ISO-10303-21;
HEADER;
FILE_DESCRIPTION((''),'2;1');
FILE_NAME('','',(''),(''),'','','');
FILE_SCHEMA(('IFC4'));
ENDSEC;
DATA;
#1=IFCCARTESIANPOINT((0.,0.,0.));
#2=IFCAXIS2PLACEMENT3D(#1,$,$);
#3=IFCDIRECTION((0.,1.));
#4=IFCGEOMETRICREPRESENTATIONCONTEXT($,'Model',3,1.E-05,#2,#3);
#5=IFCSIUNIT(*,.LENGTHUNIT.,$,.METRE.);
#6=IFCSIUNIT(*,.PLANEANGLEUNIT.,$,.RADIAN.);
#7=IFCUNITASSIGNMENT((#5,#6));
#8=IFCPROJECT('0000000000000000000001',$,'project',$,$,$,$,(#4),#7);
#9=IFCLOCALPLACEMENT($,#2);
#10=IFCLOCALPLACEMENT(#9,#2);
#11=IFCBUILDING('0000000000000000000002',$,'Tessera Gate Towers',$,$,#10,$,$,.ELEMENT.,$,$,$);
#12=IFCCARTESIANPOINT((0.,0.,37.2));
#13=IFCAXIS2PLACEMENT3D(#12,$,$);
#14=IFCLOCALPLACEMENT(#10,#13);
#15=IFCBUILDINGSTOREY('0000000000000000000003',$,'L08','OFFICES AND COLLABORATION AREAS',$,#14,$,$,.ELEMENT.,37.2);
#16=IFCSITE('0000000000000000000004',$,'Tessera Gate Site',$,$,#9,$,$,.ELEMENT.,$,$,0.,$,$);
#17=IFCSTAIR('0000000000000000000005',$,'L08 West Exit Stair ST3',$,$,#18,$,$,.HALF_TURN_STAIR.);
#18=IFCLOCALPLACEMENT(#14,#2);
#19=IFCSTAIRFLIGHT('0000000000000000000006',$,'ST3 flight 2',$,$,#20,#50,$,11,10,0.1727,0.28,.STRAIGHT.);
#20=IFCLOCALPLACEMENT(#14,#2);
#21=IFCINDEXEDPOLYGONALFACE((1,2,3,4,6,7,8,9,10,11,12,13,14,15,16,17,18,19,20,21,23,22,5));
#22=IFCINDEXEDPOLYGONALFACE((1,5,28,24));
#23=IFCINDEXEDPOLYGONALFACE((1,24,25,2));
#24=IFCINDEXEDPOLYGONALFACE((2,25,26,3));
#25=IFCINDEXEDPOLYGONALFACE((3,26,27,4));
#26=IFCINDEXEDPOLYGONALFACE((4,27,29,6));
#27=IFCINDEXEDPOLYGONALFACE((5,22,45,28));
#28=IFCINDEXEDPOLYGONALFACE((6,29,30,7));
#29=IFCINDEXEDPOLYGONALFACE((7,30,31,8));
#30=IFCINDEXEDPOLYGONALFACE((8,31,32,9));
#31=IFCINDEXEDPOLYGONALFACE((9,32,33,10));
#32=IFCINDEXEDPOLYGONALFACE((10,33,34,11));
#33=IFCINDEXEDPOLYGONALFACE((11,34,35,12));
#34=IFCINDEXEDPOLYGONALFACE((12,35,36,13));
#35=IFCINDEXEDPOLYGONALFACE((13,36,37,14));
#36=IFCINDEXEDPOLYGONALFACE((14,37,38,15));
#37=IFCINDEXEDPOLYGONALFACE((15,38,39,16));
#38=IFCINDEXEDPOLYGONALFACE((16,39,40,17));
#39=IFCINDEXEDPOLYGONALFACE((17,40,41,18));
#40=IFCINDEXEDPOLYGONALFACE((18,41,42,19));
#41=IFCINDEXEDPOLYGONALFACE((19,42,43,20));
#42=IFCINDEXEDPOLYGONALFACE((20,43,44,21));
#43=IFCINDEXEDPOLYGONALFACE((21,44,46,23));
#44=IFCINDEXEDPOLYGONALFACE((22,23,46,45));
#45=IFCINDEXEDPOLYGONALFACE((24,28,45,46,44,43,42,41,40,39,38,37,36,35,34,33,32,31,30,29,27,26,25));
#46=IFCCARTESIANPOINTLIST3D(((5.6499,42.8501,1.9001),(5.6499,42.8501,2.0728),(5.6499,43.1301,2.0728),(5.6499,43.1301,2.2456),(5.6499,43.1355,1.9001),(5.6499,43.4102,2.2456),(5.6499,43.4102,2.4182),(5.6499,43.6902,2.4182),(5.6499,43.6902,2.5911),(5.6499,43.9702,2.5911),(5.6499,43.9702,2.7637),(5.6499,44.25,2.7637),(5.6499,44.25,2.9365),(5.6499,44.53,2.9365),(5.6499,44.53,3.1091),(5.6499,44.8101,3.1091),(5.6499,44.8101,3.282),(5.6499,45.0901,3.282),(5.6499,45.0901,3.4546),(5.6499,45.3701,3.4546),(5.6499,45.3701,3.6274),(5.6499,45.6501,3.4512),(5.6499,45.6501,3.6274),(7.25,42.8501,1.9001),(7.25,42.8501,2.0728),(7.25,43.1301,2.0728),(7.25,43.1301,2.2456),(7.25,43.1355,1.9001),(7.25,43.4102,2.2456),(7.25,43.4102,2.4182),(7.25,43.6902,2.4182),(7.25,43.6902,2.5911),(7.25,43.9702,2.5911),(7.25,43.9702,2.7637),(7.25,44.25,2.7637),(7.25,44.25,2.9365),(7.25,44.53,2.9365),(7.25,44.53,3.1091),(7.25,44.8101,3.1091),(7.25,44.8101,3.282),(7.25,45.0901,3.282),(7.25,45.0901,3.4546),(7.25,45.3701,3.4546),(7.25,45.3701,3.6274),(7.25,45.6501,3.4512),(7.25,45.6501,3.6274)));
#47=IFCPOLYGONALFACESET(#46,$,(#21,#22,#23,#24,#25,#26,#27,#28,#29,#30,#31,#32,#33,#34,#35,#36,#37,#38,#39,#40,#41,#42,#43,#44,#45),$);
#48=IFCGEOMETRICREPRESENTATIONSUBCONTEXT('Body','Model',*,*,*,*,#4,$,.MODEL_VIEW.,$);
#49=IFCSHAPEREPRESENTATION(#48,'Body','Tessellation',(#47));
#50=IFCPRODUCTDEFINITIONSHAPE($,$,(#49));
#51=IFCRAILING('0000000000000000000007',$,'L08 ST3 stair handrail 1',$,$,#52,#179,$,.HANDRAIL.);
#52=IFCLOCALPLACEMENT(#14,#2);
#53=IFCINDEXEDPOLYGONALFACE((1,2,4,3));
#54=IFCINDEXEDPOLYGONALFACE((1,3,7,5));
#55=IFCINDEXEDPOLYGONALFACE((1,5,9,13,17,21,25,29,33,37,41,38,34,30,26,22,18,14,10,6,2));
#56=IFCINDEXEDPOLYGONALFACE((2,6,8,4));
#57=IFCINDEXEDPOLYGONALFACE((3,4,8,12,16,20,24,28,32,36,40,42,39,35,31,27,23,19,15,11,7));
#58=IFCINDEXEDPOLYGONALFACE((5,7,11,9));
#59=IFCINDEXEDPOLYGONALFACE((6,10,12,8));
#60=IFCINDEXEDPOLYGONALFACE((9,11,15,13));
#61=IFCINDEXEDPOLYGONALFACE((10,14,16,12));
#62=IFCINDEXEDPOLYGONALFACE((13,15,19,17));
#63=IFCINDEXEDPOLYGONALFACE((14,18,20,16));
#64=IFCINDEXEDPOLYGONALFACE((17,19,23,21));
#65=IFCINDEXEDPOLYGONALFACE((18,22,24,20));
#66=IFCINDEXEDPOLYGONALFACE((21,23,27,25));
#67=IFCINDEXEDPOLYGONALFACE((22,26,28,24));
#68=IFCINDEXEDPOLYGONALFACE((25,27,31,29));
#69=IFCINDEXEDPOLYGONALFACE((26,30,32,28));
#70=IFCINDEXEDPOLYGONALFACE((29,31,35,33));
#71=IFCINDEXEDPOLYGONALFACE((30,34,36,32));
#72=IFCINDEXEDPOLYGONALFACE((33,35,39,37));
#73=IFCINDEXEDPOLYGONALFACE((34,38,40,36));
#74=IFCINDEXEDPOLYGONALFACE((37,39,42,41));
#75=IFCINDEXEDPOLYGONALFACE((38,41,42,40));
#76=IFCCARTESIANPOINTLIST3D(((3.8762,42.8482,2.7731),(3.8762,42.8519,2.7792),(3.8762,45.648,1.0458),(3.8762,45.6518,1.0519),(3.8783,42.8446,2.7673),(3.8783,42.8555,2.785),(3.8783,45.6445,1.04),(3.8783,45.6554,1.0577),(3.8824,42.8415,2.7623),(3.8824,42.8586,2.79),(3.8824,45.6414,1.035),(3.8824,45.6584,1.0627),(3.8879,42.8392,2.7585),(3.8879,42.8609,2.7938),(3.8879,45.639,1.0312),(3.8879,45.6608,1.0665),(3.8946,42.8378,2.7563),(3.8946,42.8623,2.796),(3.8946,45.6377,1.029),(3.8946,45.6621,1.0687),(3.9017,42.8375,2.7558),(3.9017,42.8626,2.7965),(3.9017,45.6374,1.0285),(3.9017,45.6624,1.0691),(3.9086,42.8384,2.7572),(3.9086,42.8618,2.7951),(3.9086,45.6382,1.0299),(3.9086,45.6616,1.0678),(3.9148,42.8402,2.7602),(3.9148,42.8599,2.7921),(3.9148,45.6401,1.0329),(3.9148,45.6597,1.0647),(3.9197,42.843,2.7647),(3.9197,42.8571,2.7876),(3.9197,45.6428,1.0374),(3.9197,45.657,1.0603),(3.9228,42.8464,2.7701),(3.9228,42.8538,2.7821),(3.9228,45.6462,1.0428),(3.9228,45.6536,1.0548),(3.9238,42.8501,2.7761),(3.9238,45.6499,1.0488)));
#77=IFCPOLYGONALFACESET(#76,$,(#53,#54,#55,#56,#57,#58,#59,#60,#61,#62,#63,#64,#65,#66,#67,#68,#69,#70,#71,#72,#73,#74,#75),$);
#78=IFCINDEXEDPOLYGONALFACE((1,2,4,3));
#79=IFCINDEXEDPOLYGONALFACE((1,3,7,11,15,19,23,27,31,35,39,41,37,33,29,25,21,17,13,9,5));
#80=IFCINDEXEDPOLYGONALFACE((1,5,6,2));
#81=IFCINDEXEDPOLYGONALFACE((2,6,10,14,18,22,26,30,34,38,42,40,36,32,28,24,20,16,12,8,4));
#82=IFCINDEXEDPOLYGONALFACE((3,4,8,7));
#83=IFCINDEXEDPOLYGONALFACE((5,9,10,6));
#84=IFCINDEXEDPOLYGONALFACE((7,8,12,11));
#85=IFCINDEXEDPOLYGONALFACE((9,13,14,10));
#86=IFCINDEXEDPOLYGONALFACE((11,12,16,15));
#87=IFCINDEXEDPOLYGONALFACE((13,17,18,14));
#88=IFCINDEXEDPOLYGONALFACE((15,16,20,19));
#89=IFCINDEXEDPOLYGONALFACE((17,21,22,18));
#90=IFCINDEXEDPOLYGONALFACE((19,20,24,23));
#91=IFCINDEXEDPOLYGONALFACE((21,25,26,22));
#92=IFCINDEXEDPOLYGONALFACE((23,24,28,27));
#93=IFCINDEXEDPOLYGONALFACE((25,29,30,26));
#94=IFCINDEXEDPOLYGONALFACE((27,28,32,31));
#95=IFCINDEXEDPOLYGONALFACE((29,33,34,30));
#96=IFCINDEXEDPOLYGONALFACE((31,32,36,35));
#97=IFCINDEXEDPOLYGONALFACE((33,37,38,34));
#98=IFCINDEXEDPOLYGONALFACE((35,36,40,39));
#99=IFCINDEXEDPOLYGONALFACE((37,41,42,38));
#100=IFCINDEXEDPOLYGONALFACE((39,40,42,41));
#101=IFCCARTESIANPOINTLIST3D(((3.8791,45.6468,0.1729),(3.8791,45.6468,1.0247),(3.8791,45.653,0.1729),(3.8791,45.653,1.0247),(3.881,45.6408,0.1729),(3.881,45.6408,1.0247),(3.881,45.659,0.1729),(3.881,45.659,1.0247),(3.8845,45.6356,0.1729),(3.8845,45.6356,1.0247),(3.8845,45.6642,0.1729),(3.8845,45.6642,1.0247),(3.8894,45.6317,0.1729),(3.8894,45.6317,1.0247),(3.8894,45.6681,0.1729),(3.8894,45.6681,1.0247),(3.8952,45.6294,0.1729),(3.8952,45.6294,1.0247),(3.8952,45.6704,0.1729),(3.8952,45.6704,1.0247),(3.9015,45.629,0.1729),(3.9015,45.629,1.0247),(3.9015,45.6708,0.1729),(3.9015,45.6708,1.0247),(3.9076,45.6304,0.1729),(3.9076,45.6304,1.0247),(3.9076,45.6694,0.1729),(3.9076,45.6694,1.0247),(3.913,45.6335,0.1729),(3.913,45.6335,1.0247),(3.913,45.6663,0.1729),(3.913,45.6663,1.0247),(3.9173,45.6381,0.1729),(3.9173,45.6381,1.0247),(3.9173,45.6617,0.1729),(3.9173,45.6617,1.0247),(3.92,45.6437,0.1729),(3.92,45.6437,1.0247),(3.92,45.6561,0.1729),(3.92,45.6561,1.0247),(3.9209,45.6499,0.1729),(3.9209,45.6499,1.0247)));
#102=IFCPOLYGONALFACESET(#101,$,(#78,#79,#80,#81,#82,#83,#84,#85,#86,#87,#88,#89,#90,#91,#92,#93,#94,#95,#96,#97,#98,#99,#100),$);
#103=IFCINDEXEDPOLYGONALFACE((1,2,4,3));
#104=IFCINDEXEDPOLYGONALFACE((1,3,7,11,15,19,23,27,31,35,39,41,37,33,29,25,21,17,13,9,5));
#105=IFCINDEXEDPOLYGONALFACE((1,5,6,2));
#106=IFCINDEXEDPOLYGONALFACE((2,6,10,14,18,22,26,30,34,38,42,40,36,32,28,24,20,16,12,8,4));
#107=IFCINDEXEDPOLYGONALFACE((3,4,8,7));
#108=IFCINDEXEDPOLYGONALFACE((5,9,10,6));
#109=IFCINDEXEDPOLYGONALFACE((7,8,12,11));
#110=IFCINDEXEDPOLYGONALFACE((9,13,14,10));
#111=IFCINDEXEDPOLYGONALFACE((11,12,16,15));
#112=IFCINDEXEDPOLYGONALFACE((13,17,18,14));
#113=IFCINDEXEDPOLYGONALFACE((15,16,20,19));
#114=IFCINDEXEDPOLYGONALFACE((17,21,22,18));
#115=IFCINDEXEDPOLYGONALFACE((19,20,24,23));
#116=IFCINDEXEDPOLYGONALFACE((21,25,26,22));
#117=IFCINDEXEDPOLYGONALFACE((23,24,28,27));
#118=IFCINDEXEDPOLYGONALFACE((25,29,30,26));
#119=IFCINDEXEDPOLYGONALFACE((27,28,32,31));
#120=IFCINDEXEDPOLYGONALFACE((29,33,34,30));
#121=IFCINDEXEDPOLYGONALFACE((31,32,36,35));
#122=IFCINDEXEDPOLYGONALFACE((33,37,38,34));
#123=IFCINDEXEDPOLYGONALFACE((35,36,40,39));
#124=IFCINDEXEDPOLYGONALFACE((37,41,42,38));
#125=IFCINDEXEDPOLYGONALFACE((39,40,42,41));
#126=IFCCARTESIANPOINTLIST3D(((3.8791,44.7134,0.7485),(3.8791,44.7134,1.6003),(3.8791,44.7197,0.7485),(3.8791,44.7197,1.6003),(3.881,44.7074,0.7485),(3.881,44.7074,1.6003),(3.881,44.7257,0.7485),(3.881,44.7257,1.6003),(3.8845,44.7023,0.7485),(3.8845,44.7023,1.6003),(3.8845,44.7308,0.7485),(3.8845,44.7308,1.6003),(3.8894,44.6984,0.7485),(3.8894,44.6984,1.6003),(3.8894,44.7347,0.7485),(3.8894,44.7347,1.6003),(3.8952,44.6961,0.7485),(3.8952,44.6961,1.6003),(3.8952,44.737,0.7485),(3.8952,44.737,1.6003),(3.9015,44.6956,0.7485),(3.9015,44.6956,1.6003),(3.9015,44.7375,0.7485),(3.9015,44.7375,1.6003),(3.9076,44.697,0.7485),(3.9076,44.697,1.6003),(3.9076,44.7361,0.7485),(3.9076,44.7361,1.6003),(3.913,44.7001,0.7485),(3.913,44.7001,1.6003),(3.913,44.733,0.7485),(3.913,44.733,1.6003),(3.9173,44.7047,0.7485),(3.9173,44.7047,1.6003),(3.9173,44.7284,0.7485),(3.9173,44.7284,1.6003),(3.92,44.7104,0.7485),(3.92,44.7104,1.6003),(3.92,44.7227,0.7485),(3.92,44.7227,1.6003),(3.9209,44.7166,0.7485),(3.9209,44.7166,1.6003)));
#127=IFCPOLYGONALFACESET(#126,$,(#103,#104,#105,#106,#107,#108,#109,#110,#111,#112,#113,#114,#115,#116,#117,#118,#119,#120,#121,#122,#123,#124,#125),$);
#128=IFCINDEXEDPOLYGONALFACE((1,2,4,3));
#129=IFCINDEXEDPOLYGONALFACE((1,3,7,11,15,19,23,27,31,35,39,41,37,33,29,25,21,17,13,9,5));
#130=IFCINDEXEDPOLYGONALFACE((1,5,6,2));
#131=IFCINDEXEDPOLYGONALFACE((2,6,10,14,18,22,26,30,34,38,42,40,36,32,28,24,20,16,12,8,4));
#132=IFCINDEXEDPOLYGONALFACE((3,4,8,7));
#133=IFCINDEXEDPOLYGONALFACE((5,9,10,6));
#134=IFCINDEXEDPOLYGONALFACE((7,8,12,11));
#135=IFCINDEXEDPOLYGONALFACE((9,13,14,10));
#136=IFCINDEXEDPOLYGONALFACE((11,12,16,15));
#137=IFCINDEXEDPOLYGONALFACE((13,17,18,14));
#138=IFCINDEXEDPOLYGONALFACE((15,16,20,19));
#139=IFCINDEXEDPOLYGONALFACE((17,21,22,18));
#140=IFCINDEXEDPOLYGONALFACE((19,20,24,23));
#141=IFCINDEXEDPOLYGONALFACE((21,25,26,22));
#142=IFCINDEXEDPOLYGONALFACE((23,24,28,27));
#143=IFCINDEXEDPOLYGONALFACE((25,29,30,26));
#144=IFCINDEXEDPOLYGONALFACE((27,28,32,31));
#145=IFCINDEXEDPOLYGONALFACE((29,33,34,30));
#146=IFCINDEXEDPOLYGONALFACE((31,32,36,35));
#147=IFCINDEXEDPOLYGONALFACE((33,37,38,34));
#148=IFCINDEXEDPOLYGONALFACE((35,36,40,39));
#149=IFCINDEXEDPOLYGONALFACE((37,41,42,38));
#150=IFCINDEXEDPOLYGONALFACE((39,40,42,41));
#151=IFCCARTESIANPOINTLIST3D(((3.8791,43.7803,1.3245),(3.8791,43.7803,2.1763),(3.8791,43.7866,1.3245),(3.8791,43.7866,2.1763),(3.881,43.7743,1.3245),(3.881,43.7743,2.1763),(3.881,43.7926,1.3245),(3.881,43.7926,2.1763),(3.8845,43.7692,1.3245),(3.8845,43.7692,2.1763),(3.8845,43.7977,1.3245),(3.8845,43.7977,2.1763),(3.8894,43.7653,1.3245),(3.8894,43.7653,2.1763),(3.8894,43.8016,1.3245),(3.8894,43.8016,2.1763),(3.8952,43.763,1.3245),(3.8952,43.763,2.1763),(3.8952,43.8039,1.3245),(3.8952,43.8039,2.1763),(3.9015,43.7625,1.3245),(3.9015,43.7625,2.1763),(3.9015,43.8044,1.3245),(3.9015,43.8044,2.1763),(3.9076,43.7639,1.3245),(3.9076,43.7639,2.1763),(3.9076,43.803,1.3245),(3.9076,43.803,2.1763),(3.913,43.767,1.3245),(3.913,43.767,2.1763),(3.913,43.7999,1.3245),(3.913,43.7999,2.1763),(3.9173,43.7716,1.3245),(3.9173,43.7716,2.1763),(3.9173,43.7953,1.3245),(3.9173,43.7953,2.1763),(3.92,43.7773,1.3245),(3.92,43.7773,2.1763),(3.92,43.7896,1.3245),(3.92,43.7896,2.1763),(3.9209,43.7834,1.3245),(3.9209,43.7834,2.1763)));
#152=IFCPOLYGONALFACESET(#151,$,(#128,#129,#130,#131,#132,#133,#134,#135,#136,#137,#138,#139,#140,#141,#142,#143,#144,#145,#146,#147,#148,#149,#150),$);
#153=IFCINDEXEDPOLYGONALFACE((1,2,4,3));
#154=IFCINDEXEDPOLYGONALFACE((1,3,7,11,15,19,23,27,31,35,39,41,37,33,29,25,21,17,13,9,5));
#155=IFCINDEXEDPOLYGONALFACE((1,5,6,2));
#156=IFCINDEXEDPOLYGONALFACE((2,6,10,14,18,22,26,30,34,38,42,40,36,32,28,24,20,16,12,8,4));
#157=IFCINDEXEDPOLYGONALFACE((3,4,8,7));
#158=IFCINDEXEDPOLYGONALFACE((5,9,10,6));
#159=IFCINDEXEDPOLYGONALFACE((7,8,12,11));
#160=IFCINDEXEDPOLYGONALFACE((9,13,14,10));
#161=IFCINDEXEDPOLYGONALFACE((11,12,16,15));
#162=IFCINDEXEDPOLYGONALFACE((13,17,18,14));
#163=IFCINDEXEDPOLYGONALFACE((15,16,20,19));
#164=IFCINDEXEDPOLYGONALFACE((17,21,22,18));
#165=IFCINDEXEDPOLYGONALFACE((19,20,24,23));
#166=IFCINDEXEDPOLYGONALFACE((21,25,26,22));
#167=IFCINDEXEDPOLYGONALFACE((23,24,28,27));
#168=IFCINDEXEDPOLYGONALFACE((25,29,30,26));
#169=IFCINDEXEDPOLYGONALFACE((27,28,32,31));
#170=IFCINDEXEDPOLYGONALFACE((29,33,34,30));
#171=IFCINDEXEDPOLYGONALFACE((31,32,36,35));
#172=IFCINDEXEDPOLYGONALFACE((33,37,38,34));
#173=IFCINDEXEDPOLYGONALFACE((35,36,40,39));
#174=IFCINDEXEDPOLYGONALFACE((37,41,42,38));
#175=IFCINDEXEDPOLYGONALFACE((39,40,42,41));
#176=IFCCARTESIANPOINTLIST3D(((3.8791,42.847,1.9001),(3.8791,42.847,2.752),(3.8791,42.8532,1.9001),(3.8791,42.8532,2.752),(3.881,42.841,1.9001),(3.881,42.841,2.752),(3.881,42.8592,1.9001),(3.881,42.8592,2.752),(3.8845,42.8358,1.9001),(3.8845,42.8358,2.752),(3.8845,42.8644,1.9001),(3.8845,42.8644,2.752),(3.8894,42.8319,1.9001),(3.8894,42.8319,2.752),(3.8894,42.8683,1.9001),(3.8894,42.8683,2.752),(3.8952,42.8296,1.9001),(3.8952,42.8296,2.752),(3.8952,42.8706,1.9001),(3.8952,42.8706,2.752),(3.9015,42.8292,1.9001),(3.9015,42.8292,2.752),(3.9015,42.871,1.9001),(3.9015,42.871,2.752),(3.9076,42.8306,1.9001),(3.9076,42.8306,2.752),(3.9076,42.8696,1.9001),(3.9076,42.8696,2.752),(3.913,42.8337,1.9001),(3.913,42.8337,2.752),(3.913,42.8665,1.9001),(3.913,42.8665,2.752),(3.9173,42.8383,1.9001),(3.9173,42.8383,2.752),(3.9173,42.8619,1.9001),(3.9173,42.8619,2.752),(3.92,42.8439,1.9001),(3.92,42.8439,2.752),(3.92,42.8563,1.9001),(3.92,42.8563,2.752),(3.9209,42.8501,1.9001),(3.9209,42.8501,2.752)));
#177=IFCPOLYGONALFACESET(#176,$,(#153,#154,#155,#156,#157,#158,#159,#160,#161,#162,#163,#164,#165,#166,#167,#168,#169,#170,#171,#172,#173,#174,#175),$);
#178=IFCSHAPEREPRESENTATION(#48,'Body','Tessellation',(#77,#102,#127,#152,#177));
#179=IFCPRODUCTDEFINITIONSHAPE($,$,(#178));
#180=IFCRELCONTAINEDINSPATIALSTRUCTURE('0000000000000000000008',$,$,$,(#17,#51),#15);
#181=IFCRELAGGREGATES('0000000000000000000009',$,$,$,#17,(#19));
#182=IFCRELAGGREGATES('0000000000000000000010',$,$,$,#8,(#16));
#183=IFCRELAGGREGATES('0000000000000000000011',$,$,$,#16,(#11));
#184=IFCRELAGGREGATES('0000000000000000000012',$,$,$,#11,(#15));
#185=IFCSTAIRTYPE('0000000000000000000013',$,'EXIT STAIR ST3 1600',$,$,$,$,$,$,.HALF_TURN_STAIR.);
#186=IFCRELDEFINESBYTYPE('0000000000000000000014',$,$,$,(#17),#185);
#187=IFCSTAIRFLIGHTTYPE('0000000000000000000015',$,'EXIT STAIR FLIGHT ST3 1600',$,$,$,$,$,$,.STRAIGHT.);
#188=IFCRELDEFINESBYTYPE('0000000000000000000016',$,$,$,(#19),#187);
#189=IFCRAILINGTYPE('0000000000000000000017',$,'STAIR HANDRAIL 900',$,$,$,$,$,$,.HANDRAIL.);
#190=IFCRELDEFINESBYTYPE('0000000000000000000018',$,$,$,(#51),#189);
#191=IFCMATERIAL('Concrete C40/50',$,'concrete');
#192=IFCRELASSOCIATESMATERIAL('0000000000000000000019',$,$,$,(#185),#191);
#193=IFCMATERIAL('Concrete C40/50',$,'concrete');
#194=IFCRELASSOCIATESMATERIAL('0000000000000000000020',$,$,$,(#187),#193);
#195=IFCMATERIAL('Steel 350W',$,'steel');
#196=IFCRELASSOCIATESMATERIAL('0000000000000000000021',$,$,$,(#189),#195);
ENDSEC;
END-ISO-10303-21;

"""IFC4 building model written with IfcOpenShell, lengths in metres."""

from ifc_helpers import new_model, si_unit, direction, frame, origin, origin_2d, place, context, subcontext, project, spatial, polyline, circle, outline, extrude, material, type_object, element, aggregate, save


model = new_model("IFC4")

# Units and contexts
model_context = context("Model", 3, precision=1e-05, world=origin(), true_north=direction((0.0, 1.0)))
body_context = subcontext(model_context, "Body", "Model", "MODEL_VIEW")
ifc_project = project(units=[si_unit("LENGTHUNIT", "METRE"), si_unit("PLANEANGLEUNIT", "RADIAN")], contexts=[model_context])

# Site, building, storey
site_placement = place(None, origin())
site = spatial("IfcSite", under=ifc_project, at=site_placement, Name="Tessera Gate Site", CompositionType="ELEMENT", RefElevation=0.0)
building_placement = place(site_placement, origin())
building = spatial("IfcBuilding", under=site, at=building_placement, Name="Tessera Gate Towers", CompositionType="ELEMENT")
storey_placement = place(building_placement, frame((0.0, 0.0, 37.2)))
storey = spatial("IfcBuildingStorey", under=building, at=storey_placement, Name="L08", Description="OFFICES AND COLLABORATION AREAS", CompositionType="ELEMENT", Elevation=37.2)

# Stair, stair flight
ifc_material_1 = material(Name="Concrete C40/50", Category="concrete")
stair_type = type_object("IfcStairType", Name="EXIT STAIR ST3 1600", PredefinedType="HALF_TURN_STAIR", material=ifc_material_1)
stair_placement = place(storey_placement, origin())
stair = element("IfcStair", 1, at=stair_placement, inside=storey, type_object=stair_type, Name="L08 West Exit Stair ST3", PredefinedType="HALF_TURN_STAIR")
ifc_material_2 = material(Name="Concrete C40/50", Category="concrete")
stair_flight_type = type_object("IfcStairFlightType", Name="EXIT STAIR FLIGHT ST3 1600", PredefinedType="STRAIGHT", material=ifc_material_2)
stair_flight_1_placement = place(storey_placement, frame((6.45, 42.8501, 1.9001), z_axis=(0.0, 0.0, 1.0), x_axis=(0.0, 1.0, 0.0)))
stair_flight_1 = element("IfcStairFlight", 2, at=stair_flight_1_placement, type_object=stair_flight_type, Name="ST3 flight 2", NumberOfRisers=11, NumberOfTreads=10, PredefinedType="STRAIGHT", RiserHeight=0.1727, TreadLength=0.28, context=body_context, shape_type="SweptSolid", body=[
    extrude(outline(polyline([(0.0, 0.0), (0.0, 0.1726), (0.28, 0.1726), (0.28, 0.3455), (0.5601, 0.3455), (0.5601, 0.5181), (0.8401, 0.5181), (0.8401, 0.6909), (1.1201, 0.6909), (1.1201, 0.8635), (1.3999, 0.8635), (1.3999, 1.0364), (1.6799, 1.0364), (1.6799, 1.209), (1.96, 1.209), (1.96, 1.3818), (2.24, 1.3818), (2.24, 1.5544), (2.52, 1.5544), (2.52, 1.7273), (2.8, 1.7273), (2.8, 1.8999), (2.8, 1.551), (0.2854, 0.0), (0.0, 0.0)])), frame((0.0, 0.8, 0.0), z_axis=(0.0, -1.0, 0.0), x_axis=(1.0, 0.0, 0.0)), (0.0, 0.0, 1.0), 1.6001),
])
aggregate(stair, [stair_flight_1])

# Railing
ifc_material_3 = material(Name="Steel 350W", Category="steel")
railing_type_1 = type_object("IfcRailingType", Name="STAIR HANDRAIL 900", PredefinedType="HANDRAIL", material=ifc_material_3)
railing_1_placement = place(storey_placement, frame((3.8999, 45.6499, 0.1729)))
element("IfcRailing", 3, at=railing_1_placement, inside=storey, type_object=railing_type_1, Name="L08 ST3 stair handrail 1", PredefinedType="HANDRAIL", context=body_context, shape_type="SweptSolid", body=[
    extrude(circle(Radius=0.0239, at=origin_2d()), frame((0.0, 0.0, 0.876), z_axis=(0.0, -0.851069, 0.525054), x_axis=(1.0, 0.0, 0.0)), (0.0, 0.0, 1.0), 3.2898),
    extrude(circle(Radius=0.021, at=origin_2d()), origin(), (0.0, 0.0, 1.0), 0.8518),
    extrude(circle(Radius=0.021, at=origin_2d()), frame((0.0, -0.9333, 0.5757)), (0.0, 0.0, 1.0), 0.8518),
    extrude(circle(Radius=0.021, at=origin_2d()), frame((0.0, -1.8665, 1.1516)), (0.0, 0.0, 1.0), 0.8518),
    extrude(circle(Radius=0.021, at=origin_2d()), frame((0.0, -2.7998, 1.7273)), (0.0, 0.0, 1.0), 0.8518),
])

save(model, "model.ifc")
